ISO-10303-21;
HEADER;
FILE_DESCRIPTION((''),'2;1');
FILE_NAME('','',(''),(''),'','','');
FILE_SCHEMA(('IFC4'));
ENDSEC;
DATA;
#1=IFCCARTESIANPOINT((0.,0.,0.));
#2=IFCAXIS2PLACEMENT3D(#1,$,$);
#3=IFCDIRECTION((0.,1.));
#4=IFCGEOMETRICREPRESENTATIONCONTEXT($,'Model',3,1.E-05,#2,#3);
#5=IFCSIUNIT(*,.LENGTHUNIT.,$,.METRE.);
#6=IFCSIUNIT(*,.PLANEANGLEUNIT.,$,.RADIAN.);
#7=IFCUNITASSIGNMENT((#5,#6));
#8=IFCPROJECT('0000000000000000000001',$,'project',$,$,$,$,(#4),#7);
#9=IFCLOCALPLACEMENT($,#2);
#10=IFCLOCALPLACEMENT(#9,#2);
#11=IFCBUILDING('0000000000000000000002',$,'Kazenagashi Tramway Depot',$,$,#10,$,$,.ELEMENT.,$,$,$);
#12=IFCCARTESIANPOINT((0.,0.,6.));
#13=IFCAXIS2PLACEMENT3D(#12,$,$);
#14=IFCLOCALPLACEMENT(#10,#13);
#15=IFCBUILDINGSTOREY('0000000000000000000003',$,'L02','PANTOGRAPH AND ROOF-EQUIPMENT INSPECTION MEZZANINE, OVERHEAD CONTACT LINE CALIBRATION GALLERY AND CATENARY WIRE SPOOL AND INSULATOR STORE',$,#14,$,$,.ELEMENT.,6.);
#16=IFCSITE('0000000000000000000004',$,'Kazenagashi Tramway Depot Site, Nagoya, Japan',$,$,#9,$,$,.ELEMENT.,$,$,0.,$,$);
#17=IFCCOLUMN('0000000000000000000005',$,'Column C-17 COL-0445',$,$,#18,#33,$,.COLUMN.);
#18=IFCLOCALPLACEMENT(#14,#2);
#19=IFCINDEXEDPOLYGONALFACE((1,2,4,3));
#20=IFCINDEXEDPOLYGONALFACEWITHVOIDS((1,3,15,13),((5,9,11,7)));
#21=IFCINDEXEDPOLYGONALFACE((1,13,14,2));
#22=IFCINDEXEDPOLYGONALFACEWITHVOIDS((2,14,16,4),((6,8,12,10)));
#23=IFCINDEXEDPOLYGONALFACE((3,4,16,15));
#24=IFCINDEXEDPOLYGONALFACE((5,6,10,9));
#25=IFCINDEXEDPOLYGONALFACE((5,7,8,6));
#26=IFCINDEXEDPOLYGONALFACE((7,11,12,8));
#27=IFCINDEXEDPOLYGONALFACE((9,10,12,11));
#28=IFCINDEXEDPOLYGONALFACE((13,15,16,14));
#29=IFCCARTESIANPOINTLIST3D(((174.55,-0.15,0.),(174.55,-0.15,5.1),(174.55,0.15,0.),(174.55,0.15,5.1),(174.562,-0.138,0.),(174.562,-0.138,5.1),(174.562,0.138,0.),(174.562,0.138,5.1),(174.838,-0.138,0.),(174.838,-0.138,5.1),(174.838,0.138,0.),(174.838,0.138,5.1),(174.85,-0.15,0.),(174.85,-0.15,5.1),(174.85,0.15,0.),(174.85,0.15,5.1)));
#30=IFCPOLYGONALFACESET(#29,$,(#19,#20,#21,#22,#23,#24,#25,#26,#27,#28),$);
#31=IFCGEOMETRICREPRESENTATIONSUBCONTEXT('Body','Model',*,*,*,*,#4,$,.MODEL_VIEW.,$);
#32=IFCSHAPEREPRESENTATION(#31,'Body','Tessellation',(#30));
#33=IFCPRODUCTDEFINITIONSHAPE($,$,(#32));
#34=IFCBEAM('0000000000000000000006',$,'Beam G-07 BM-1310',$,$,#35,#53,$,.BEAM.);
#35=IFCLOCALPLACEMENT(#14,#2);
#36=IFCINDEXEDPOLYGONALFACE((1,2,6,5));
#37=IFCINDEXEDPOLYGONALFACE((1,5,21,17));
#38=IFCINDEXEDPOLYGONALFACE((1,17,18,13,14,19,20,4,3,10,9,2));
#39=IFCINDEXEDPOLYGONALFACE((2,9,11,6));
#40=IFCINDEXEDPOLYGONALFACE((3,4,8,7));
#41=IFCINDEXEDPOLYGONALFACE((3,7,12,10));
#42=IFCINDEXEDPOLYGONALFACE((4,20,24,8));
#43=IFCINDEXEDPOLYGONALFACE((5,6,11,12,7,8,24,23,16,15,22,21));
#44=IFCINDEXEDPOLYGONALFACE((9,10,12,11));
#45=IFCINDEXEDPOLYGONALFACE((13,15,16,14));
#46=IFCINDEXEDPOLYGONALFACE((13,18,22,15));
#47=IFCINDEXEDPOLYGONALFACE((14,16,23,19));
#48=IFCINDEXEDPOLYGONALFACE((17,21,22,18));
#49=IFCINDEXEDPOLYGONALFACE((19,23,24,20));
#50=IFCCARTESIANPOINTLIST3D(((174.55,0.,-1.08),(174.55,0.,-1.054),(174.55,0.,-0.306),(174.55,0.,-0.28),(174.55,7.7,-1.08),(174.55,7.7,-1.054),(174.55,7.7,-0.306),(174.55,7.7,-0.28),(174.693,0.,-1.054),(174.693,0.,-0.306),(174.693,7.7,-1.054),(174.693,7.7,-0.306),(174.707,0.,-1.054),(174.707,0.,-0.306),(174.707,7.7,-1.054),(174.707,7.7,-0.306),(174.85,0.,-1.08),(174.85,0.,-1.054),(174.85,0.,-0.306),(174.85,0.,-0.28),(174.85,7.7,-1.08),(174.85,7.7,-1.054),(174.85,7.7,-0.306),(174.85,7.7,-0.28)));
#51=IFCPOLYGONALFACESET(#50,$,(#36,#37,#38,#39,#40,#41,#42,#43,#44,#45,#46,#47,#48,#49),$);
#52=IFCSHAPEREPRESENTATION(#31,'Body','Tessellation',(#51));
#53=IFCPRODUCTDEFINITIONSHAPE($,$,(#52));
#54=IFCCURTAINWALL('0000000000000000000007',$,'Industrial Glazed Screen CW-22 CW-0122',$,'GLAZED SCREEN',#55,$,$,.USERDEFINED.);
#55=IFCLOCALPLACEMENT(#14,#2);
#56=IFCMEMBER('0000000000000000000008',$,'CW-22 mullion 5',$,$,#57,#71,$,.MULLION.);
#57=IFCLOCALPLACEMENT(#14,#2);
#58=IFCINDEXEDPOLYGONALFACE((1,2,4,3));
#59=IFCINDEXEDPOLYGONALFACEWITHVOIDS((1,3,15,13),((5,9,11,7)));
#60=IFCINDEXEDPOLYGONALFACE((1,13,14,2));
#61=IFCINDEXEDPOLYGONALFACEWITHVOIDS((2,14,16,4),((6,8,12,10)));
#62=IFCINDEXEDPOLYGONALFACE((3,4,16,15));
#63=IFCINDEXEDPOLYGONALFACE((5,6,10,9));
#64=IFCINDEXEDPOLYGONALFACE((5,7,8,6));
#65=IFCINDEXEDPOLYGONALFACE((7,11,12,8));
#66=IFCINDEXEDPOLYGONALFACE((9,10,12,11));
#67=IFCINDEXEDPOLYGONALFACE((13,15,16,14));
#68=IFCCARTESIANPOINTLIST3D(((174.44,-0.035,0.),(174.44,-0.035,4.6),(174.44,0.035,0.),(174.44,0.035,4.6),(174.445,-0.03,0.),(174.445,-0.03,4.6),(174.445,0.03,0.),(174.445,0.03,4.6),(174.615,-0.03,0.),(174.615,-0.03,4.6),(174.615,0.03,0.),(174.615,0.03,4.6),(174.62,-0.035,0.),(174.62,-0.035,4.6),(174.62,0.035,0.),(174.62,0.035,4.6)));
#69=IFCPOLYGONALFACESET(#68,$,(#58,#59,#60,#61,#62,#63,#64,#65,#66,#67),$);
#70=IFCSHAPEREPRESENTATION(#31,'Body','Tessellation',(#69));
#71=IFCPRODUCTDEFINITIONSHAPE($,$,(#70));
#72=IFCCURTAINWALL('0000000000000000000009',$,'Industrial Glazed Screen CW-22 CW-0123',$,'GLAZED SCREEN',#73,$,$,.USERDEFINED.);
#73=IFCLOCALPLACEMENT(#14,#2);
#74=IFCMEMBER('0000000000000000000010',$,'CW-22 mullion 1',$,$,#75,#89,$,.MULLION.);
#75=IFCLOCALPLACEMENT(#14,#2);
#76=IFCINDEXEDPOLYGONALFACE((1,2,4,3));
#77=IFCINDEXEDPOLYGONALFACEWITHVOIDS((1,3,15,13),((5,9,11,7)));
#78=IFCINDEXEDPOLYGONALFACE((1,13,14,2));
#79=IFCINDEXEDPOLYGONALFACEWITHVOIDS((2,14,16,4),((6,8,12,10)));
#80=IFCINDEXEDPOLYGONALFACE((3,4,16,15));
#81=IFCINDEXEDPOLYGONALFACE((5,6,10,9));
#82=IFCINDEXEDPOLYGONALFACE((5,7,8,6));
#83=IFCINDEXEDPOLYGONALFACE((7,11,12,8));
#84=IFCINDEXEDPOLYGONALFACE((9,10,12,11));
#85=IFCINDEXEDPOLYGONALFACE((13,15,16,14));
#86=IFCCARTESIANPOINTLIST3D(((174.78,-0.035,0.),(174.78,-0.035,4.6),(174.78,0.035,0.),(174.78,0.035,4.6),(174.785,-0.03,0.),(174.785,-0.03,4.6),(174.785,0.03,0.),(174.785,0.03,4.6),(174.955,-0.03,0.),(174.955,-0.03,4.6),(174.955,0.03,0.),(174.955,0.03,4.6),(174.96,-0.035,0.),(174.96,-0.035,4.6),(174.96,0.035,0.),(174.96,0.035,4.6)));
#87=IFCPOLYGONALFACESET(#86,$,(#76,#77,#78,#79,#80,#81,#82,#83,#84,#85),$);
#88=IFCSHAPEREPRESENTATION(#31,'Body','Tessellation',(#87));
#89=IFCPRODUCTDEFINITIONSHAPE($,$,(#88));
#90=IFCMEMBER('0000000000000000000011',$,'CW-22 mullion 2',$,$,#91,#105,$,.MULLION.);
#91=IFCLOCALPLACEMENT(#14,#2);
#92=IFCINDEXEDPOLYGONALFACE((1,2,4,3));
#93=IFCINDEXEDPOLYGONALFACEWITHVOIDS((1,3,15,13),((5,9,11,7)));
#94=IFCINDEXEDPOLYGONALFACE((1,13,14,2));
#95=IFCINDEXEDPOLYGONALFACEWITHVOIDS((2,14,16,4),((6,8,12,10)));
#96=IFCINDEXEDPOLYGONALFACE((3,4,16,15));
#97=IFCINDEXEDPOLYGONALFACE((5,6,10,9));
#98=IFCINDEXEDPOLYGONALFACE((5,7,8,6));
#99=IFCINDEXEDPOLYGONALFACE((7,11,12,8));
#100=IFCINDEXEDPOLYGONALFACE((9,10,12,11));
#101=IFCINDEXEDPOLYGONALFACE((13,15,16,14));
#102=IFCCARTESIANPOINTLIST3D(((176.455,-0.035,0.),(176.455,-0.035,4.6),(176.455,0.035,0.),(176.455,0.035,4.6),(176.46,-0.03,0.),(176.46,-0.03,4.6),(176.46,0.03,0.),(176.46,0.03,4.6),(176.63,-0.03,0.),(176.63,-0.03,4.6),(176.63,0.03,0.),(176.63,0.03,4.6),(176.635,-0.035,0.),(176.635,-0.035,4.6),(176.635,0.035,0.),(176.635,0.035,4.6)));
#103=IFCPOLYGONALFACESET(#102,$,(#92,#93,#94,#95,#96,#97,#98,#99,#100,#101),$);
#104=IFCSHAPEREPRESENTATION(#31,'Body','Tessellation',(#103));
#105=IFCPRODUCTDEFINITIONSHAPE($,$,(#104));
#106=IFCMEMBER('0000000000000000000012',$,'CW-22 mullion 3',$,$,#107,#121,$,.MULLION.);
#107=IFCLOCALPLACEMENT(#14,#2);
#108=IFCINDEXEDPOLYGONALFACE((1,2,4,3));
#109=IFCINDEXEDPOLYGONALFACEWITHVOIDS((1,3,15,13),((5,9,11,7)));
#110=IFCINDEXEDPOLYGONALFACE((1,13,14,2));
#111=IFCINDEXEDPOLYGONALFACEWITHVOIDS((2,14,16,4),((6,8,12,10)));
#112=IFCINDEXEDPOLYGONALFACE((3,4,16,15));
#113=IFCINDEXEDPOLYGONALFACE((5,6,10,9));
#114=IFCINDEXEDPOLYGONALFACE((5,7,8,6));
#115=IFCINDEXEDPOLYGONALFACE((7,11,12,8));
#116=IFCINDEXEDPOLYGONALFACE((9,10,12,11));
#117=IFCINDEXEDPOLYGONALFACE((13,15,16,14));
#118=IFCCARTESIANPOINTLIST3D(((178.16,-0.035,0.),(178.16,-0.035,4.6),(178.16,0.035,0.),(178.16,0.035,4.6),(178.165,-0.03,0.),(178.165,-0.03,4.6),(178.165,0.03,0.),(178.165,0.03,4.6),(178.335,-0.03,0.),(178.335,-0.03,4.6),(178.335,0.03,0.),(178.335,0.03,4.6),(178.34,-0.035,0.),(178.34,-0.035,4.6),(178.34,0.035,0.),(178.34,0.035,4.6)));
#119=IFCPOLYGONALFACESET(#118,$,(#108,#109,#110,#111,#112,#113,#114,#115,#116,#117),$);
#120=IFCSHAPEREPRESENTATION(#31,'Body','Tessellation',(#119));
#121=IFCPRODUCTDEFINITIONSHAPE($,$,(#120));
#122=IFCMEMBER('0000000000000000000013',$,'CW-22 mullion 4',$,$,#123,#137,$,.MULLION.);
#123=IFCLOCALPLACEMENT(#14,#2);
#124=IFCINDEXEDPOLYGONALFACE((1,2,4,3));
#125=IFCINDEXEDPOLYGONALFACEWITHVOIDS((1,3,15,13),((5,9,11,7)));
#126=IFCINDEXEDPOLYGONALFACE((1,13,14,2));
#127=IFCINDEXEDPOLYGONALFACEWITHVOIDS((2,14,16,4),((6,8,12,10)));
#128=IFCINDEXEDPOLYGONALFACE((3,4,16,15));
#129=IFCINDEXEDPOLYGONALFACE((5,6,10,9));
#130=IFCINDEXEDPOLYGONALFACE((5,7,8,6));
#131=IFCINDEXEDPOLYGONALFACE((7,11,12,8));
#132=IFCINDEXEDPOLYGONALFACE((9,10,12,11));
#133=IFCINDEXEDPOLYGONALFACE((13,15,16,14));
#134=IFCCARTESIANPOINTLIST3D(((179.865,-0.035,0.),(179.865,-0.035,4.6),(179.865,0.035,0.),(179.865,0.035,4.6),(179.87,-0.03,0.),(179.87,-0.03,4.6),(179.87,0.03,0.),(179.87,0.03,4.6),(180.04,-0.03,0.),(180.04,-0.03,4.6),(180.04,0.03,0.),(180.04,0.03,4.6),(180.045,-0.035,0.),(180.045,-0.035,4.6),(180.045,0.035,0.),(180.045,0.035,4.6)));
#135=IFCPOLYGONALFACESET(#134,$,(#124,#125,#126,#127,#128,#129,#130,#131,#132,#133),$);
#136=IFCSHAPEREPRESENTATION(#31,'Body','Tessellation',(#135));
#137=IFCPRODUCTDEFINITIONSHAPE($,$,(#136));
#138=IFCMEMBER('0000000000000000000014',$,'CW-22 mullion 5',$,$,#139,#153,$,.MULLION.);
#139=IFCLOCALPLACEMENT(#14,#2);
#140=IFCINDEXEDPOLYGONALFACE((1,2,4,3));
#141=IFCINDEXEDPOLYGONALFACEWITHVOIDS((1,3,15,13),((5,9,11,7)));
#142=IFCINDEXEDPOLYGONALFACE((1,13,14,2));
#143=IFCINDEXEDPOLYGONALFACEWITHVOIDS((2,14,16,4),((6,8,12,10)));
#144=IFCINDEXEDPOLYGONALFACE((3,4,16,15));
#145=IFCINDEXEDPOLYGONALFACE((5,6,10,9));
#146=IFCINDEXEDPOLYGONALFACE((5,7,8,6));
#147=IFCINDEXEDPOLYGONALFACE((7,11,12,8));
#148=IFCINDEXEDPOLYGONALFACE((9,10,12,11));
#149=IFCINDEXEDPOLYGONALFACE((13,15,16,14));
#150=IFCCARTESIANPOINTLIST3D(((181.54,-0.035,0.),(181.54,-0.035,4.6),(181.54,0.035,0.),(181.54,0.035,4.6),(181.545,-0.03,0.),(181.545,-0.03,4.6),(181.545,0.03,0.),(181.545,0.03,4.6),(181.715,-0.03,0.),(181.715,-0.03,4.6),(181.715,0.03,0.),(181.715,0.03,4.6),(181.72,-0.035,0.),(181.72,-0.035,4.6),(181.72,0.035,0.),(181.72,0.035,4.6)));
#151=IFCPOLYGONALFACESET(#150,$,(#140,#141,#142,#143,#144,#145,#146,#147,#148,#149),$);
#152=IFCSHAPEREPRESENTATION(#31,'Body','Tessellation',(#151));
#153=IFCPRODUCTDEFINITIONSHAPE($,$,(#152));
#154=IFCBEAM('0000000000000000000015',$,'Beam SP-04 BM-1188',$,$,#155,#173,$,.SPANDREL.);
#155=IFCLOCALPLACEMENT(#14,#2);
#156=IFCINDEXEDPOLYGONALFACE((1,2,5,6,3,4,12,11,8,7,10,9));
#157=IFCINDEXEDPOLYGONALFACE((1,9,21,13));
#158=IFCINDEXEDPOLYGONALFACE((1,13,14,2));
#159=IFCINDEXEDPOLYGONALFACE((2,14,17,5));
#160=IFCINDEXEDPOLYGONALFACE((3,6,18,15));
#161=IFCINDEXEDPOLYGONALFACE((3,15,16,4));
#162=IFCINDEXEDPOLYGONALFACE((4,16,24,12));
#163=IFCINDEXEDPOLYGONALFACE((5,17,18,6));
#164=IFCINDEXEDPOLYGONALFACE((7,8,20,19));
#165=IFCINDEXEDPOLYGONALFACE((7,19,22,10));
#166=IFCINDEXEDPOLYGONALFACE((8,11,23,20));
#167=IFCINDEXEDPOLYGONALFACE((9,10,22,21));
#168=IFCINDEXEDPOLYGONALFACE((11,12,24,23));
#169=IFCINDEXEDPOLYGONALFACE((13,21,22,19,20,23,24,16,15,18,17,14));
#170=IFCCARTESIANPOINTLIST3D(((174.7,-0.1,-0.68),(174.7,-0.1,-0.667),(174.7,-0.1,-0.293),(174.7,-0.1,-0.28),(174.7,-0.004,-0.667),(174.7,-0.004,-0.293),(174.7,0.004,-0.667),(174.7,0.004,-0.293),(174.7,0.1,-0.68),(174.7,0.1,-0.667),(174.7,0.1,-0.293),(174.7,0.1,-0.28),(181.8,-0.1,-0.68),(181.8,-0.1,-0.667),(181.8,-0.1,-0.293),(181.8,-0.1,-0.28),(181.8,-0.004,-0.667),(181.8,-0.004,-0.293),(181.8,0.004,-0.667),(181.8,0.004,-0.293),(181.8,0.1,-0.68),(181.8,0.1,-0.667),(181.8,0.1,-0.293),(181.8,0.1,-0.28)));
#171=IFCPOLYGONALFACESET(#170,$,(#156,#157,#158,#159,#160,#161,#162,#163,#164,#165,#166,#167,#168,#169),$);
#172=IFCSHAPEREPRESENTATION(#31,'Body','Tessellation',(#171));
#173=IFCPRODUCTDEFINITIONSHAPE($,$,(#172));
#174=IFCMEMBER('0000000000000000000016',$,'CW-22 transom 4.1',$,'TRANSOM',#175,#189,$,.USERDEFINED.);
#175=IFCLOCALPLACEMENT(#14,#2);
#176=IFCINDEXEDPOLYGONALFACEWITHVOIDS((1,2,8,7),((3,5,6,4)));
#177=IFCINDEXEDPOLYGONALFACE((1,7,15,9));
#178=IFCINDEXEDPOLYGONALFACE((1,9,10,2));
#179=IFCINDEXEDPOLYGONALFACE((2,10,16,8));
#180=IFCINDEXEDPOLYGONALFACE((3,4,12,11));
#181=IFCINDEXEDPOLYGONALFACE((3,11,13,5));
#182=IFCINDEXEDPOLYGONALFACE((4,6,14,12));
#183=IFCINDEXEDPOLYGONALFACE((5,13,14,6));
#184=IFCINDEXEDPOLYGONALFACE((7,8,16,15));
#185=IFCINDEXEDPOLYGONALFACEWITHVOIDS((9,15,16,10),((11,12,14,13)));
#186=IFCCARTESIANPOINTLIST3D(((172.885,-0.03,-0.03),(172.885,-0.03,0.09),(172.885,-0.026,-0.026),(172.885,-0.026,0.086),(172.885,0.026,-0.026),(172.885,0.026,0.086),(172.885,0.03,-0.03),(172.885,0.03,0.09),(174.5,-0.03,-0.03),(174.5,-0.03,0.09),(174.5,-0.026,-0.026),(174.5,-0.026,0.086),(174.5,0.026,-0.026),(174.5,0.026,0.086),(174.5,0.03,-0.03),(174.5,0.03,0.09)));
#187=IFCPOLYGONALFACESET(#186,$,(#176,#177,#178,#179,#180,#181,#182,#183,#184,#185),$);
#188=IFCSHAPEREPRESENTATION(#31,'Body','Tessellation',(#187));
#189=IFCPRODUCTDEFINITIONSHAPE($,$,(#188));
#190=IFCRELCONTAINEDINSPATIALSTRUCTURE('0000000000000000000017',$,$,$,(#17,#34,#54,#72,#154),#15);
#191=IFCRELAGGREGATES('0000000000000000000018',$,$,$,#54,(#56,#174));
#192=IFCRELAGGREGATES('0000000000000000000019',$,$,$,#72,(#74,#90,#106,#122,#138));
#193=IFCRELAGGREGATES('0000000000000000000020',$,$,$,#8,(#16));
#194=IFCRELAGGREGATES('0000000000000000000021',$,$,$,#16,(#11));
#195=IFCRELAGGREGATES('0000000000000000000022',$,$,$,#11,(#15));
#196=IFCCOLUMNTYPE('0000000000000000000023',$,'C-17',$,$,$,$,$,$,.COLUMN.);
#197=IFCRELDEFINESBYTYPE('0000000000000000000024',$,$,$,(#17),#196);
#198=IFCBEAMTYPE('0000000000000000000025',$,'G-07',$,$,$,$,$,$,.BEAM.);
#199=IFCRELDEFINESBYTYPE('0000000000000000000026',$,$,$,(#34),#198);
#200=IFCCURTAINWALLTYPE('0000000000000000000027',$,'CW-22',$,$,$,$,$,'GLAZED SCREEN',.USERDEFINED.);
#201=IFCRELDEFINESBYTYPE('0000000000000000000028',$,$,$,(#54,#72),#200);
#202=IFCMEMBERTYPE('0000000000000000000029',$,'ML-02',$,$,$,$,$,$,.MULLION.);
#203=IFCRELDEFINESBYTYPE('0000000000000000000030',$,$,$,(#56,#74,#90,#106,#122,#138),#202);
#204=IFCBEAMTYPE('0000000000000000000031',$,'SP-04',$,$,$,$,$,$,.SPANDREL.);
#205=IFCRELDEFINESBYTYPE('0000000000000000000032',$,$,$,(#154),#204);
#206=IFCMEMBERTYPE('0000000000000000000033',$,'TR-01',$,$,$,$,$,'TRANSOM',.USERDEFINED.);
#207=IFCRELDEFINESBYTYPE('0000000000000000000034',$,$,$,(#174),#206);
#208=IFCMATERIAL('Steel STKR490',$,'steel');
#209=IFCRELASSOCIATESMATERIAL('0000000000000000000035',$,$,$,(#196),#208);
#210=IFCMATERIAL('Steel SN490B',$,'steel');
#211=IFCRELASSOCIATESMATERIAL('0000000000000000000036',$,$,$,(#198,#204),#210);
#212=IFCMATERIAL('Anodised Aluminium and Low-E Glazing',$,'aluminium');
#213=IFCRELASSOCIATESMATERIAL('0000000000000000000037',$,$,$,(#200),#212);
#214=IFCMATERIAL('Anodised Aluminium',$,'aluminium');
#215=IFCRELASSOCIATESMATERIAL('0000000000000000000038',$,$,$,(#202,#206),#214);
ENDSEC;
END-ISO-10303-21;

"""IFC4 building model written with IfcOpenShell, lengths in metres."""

from ifc_helpers import new_model, si_unit, direction, frame, origin, origin_2d, place, context, subcontext, project, spatial, hollow_rectangle, i_section, extrude, material, material_profile, profile_set, type_object, element, aggregate, save


model = new_model("IFC4")

# Units and contexts
model_context = context("Model", 3, precision=1e-05, world=origin(), true_north=direction((0.0, 1.0)))
body_context = subcontext(model_context, "Body", "Model", "MODEL_VIEW")
ifc_project = project(units=[si_unit("LENGTHUNIT", "METRE"), si_unit("PLANEANGLEUNIT", "RADIAN")], contexts=[model_context])

# Site, building, storey
site_placement = place(None, origin())
site = spatial("IfcSite", under=ifc_project, at=site_placement, Name="Kazenagashi Tramway Depot Site, Nagoya, Japan", CompositionType="ELEMENT", RefElevation=0.0)
building_placement = place(site_placement, origin())
building = spatial("IfcBuilding", under=site, at=building_placement, Name="Kazenagashi Tramway Depot", CompositionType="ELEMENT")
storey_placement = place(building_placement, frame((0.0, 0.0, 6.0)))
storey = spatial("IfcBuildingStorey", under=building, at=storey_placement, Name="L02", Description="PANTOGRAPH AND ROOF-EQUIPMENT INSPECTION MEZZANINE, OVERHEAD CONTACT LINE CALIBRATION GALLERY AND CATENARY WIRE SPOOL AND INSULATOR STORE", CompositionType="ELEMENT", Elevation=6.0)

# Column
ifc_material_1 = material(Name="Steel STKR490", Category="steel")
ifc_material_profile_1 = material_profile(ifc_material_1, hollow_rectangle(XDim=0.3, YDim=0.3, WallThickness=0.012, at=origin_2d()), Name="SHS-300x300x12")
ifc_profile_set_1 = profile_set([ifc_material_profile_1], Name="Steel STKR490")
column_type = type_object("IfcColumnType", Name="C-17", PredefinedType="COLUMN", material=ifc_profile_set_1)
column_placement = place(storey_placement, frame((174.7, 0.0, 0.0), z_axis=(0.0, 0.0, 1.0), x_axis=(1.0, 0.0, 0.0)))
element("IfcColumn", 1, at=column_placement, inside=storey, type_object=column_type, Name="Column C-17 COL-0445", PredefinedType="COLUMN", context=body_context, shape_type="SweptSolid", body=[
    extrude(hollow_rectangle(XDim=0.3, YDim=0.3, WallThickness=0.012, at=origin_2d()), origin(), (0.0, 0.0, 1.0), 5.1),
])

# Beam
ifc_material_2 = material(Name="Steel SN490B", Category="steel")
ifc_material_profile_2 = material_profile(ifc_material_2, i_section(OverallWidth=0.3, OverallDepth=0.8, WebThickness=0.014, FlangeThickness=0.026, at=origin_2d()), Name="H-800x300x14x26")
ifc_profile_set_2 = profile_set([ifc_material_profile_2], Name="Steel SN490B")
beam_type_1 = type_object("IfcBeamType", Name="G-07", PredefinedType="BEAM", material=ifc_profile_set_2)
beam_1_placement = place(storey_placement, frame((174.7, 0.0, -0.68), z_axis=(0.0, 1.0, 0.0), x_axis=(-1.0, 0.0, 0.0)))
element("IfcBeam", 2, at=beam_1_placement, inside=storey, type_object=beam_type_1, Name="Beam G-07 BM-1310", PredefinedType="BEAM", context=body_context, shape_type="SweptSolid", body=[
    extrude(i_section(OverallWidth=0.3, OverallDepth=0.8, WebThickness=0.014, FlangeThickness=0.026, at=origin_2d()), origin(), (0.0, 0.0, 1.0), 7.7),
])

# Curtain wall, member
ifc_material_3 = material(Name="Anodised Aluminium and Low-E Glazing", Category="aluminium")
curtain_wall_type = type_object("IfcCurtainWallType", Name="CW-22", ElementType="GLAZED SCREEN", PredefinedType="USERDEFINED", material=ifc_material_3)
curtain_wall_1_placement = place(storey_placement, origin())
curtain_wall_1 = element("IfcCurtainWall", 3, at=curtain_wall_1_placement, inside=storey, type_object=curtain_wall_type, Name="Industrial Glazed Screen CW-22 CW-0122", ObjectType="GLAZED SCREEN", PredefinedType="USERDEFINED")
ifc_material_4 = material(Name="Anodised Aluminium", Category="aluminium")
ifc_material_profile_3 = material_profile(ifc_material_4, hollow_rectangle(XDim=0.07, YDim=0.18, WallThickness=0.005, at=origin_2d()), Name="RHS-180x70x5")
ifc_profile_set_3 = profile_set([ifc_material_profile_3], Name="Anodised Aluminium")
member_type_1 = type_object("IfcMemberType", Name="ML-02", PredefinedType="MULLION", material=ifc_profile_set_3)
member_1_placement = place(storey_placement, frame((174.53, 0.0, 0.0), z_axis=(0.0, 0.0, 1.0), x_axis=(0.0, 1.0, 0.0)))
member_1 = element("IfcMember", 4, at=member_1_placement, type_object=member_type_1, Name="CW-22 mullion 5", PredefinedType="MULLION", context=body_context, shape_type="SweptSolid", body=[
    extrude(hollow_rectangle(XDim=0.07, YDim=0.18, WallThickness=0.005, at=origin_2d()), origin(), (0.0, 0.0, 1.0), 4.6),
])

# Curtain wall, members
curtain_wall_2_placement = place(storey_placement, origin())
curtain_wall_2 = element("IfcCurtainWall", 5, at=curtain_wall_2_placement, inside=storey, type_object=curtain_wall_type, Name="Industrial Glazed Screen CW-22 CW-0123", ObjectType="GLAZED SCREEN", PredefinedType="USERDEFINED")
member_2_placement = place(storey_placement, frame((174.87, 0.0, 0.0), z_axis=(0.0, 0.0, 1.0), x_axis=(0.0, 1.0, 0.0)))
member_2 = element("IfcMember", 6, at=member_2_placement, type_object=member_type_1, Name="CW-22 mullion 1", PredefinedType="MULLION", context=body_context, shape_type="SweptSolid", body=[
    extrude(hollow_rectangle(XDim=0.07, YDim=0.18, WallThickness=0.005, at=origin_2d()), origin(), (0.0, 0.0, 1.0), 4.6),
])
member_3_placement = place(storey_placement, frame((176.545, 0.0, 0.0), z_axis=(0.0, 0.0, 1.0), x_axis=(0.0, 1.0, 0.0)))
member_3 = element("IfcMember", 7, at=member_3_placement, type_object=member_type_1, Name="CW-22 mullion 2", PredefinedType="MULLION", context=body_context, shape_type="SweptSolid", body=[
    extrude(hollow_rectangle(XDim=0.07, YDim=0.18, WallThickness=0.005, at=origin_2d()), origin(), (0.0, 0.0, 1.0), 4.6),
])
member_4_placement = place(storey_placement, frame((178.25, 0.0, 0.0), z_axis=(0.0, 0.0, 1.0), x_axis=(0.0, 1.0, 0.0)))
member_4 = element("IfcMember", 8, at=member_4_placement, type_object=member_type_1, Name="CW-22 mullion 3", PredefinedType="MULLION", context=body_context, shape_type="SweptSolid", body=[
    extrude(hollow_rectangle(XDim=0.07, YDim=0.18, WallThickness=0.005, at=origin_2d()), origin(), (0.0, 0.0, 1.0), 4.6),
])
member_5_placement = place(storey_placement, frame((179.955, 0.0, 0.0), z_axis=(0.0, 0.0, 1.0), x_axis=(0.0, 1.0, 0.0)))
member_5 = element("IfcMember", 9, at=member_5_placement, type_object=member_type_1, Name="CW-22 mullion 4", PredefinedType="MULLION", context=body_context, shape_type="SweptSolid", body=[
    extrude(hollow_rectangle(XDim=0.07, YDim=0.18, WallThickness=0.005, at=origin_2d()), origin(), (0.0, 0.0, 1.0), 4.6),
])
member_6_placement = place(storey_placement, frame((181.63, 0.0, 0.0), z_axis=(0.0, 0.0, 1.0), x_axis=(0.0, 1.0, 0.0)))
member_6 = element("IfcMember", 10, at=member_6_placement, type_object=member_type_1, Name="CW-22 mullion 5", PredefinedType="MULLION", context=body_context, shape_type="SweptSolid", body=[
    extrude(hollow_rectangle(XDim=0.07, YDim=0.18, WallThickness=0.005, at=origin_2d()), origin(), (0.0, 0.0, 1.0), 4.6),
])

# Beam
ifc_material_profile_4 = material_profile(ifc_material_2, i_section(OverallWidth=0.2, OverallDepth=0.4, WebThickness=0.008, FlangeThickness=0.013, at=origin_2d()), Name="H-400x200x8x13")
ifc_profile_set_4 = profile_set([ifc_material_profile_4], Name="Steel SN490B")
beam_type_2 = type_object("IfcBeamType", Name="SP-04", PredefinedType="SPANDREL", material=ifc_profile_set_4)
beam_2_placement = place(storey_placement, frame((174.7, 0.0, -0.48), z_axis=(1.0, 0.0, 0.0), x_axis=(0.0, 1.0, 0.0)))
element("IfcBeam", 11, at=beam_2_placement, inside=storey, type_object=beam_type_2, Name="Beam SP-04 BM-1188", PredefinedType="SPANDREL", context=body_context, shape_type="SweptSolid", body=[
    extrude(i_section(OverallWidth=0.2, OverallDepth=0.4, WebThickness=0.008, FlangeThickness=0.013, at=origin_2d()), origin(), (0.0, 0.0, 1.0), 7.1),
])

# Member
ifc_material_profile_5 = material_profile(ifc_material_4, hollow_rectangle(XDim=0.06, YDim=0.12, WallThickness=0.004, at=origin_2d()), Name="RHS-120x60x4")
ifc_profile_set_5 = profile_set([ifc_material_profile_5], Name="Anodised Aluminium")
member_type_2 = type_object("IfcMemberType", Name="TR-01", ElementType="TRANSOM", PredefinedType="USERDEFINED", material=ifc_profile_set_5)
member_7_placement = place(storey_placement, frame((172.885, 0.0, 0.03), z_axis=(1.0, 0.0, 0.0), x_axis=(0.0, 1.0, 0.0)))
member_7 = element("IfcMember", 12, at=member_7_placement, type_object=member_type_2, Name="CW-22 transom 4.1", ObjectType="TRANSOM", PredefinedType="USERDEFINED", context=body_context, shape_type="SweptSolid", body=[
    extrude(hollow_rectangle(XDim=0.06, YDim=0.12, WallThickness=0.004, at=origin_2d()), origin(), (0.0, 0.0, 1.0), 1.615),
])

aggregate(curtain_wall_1, [member_1, member_7])
aggregate(curtain_wall_2, [member_2, member_3, member_4, member_5, member_6])

save(model, "model.ifc")
